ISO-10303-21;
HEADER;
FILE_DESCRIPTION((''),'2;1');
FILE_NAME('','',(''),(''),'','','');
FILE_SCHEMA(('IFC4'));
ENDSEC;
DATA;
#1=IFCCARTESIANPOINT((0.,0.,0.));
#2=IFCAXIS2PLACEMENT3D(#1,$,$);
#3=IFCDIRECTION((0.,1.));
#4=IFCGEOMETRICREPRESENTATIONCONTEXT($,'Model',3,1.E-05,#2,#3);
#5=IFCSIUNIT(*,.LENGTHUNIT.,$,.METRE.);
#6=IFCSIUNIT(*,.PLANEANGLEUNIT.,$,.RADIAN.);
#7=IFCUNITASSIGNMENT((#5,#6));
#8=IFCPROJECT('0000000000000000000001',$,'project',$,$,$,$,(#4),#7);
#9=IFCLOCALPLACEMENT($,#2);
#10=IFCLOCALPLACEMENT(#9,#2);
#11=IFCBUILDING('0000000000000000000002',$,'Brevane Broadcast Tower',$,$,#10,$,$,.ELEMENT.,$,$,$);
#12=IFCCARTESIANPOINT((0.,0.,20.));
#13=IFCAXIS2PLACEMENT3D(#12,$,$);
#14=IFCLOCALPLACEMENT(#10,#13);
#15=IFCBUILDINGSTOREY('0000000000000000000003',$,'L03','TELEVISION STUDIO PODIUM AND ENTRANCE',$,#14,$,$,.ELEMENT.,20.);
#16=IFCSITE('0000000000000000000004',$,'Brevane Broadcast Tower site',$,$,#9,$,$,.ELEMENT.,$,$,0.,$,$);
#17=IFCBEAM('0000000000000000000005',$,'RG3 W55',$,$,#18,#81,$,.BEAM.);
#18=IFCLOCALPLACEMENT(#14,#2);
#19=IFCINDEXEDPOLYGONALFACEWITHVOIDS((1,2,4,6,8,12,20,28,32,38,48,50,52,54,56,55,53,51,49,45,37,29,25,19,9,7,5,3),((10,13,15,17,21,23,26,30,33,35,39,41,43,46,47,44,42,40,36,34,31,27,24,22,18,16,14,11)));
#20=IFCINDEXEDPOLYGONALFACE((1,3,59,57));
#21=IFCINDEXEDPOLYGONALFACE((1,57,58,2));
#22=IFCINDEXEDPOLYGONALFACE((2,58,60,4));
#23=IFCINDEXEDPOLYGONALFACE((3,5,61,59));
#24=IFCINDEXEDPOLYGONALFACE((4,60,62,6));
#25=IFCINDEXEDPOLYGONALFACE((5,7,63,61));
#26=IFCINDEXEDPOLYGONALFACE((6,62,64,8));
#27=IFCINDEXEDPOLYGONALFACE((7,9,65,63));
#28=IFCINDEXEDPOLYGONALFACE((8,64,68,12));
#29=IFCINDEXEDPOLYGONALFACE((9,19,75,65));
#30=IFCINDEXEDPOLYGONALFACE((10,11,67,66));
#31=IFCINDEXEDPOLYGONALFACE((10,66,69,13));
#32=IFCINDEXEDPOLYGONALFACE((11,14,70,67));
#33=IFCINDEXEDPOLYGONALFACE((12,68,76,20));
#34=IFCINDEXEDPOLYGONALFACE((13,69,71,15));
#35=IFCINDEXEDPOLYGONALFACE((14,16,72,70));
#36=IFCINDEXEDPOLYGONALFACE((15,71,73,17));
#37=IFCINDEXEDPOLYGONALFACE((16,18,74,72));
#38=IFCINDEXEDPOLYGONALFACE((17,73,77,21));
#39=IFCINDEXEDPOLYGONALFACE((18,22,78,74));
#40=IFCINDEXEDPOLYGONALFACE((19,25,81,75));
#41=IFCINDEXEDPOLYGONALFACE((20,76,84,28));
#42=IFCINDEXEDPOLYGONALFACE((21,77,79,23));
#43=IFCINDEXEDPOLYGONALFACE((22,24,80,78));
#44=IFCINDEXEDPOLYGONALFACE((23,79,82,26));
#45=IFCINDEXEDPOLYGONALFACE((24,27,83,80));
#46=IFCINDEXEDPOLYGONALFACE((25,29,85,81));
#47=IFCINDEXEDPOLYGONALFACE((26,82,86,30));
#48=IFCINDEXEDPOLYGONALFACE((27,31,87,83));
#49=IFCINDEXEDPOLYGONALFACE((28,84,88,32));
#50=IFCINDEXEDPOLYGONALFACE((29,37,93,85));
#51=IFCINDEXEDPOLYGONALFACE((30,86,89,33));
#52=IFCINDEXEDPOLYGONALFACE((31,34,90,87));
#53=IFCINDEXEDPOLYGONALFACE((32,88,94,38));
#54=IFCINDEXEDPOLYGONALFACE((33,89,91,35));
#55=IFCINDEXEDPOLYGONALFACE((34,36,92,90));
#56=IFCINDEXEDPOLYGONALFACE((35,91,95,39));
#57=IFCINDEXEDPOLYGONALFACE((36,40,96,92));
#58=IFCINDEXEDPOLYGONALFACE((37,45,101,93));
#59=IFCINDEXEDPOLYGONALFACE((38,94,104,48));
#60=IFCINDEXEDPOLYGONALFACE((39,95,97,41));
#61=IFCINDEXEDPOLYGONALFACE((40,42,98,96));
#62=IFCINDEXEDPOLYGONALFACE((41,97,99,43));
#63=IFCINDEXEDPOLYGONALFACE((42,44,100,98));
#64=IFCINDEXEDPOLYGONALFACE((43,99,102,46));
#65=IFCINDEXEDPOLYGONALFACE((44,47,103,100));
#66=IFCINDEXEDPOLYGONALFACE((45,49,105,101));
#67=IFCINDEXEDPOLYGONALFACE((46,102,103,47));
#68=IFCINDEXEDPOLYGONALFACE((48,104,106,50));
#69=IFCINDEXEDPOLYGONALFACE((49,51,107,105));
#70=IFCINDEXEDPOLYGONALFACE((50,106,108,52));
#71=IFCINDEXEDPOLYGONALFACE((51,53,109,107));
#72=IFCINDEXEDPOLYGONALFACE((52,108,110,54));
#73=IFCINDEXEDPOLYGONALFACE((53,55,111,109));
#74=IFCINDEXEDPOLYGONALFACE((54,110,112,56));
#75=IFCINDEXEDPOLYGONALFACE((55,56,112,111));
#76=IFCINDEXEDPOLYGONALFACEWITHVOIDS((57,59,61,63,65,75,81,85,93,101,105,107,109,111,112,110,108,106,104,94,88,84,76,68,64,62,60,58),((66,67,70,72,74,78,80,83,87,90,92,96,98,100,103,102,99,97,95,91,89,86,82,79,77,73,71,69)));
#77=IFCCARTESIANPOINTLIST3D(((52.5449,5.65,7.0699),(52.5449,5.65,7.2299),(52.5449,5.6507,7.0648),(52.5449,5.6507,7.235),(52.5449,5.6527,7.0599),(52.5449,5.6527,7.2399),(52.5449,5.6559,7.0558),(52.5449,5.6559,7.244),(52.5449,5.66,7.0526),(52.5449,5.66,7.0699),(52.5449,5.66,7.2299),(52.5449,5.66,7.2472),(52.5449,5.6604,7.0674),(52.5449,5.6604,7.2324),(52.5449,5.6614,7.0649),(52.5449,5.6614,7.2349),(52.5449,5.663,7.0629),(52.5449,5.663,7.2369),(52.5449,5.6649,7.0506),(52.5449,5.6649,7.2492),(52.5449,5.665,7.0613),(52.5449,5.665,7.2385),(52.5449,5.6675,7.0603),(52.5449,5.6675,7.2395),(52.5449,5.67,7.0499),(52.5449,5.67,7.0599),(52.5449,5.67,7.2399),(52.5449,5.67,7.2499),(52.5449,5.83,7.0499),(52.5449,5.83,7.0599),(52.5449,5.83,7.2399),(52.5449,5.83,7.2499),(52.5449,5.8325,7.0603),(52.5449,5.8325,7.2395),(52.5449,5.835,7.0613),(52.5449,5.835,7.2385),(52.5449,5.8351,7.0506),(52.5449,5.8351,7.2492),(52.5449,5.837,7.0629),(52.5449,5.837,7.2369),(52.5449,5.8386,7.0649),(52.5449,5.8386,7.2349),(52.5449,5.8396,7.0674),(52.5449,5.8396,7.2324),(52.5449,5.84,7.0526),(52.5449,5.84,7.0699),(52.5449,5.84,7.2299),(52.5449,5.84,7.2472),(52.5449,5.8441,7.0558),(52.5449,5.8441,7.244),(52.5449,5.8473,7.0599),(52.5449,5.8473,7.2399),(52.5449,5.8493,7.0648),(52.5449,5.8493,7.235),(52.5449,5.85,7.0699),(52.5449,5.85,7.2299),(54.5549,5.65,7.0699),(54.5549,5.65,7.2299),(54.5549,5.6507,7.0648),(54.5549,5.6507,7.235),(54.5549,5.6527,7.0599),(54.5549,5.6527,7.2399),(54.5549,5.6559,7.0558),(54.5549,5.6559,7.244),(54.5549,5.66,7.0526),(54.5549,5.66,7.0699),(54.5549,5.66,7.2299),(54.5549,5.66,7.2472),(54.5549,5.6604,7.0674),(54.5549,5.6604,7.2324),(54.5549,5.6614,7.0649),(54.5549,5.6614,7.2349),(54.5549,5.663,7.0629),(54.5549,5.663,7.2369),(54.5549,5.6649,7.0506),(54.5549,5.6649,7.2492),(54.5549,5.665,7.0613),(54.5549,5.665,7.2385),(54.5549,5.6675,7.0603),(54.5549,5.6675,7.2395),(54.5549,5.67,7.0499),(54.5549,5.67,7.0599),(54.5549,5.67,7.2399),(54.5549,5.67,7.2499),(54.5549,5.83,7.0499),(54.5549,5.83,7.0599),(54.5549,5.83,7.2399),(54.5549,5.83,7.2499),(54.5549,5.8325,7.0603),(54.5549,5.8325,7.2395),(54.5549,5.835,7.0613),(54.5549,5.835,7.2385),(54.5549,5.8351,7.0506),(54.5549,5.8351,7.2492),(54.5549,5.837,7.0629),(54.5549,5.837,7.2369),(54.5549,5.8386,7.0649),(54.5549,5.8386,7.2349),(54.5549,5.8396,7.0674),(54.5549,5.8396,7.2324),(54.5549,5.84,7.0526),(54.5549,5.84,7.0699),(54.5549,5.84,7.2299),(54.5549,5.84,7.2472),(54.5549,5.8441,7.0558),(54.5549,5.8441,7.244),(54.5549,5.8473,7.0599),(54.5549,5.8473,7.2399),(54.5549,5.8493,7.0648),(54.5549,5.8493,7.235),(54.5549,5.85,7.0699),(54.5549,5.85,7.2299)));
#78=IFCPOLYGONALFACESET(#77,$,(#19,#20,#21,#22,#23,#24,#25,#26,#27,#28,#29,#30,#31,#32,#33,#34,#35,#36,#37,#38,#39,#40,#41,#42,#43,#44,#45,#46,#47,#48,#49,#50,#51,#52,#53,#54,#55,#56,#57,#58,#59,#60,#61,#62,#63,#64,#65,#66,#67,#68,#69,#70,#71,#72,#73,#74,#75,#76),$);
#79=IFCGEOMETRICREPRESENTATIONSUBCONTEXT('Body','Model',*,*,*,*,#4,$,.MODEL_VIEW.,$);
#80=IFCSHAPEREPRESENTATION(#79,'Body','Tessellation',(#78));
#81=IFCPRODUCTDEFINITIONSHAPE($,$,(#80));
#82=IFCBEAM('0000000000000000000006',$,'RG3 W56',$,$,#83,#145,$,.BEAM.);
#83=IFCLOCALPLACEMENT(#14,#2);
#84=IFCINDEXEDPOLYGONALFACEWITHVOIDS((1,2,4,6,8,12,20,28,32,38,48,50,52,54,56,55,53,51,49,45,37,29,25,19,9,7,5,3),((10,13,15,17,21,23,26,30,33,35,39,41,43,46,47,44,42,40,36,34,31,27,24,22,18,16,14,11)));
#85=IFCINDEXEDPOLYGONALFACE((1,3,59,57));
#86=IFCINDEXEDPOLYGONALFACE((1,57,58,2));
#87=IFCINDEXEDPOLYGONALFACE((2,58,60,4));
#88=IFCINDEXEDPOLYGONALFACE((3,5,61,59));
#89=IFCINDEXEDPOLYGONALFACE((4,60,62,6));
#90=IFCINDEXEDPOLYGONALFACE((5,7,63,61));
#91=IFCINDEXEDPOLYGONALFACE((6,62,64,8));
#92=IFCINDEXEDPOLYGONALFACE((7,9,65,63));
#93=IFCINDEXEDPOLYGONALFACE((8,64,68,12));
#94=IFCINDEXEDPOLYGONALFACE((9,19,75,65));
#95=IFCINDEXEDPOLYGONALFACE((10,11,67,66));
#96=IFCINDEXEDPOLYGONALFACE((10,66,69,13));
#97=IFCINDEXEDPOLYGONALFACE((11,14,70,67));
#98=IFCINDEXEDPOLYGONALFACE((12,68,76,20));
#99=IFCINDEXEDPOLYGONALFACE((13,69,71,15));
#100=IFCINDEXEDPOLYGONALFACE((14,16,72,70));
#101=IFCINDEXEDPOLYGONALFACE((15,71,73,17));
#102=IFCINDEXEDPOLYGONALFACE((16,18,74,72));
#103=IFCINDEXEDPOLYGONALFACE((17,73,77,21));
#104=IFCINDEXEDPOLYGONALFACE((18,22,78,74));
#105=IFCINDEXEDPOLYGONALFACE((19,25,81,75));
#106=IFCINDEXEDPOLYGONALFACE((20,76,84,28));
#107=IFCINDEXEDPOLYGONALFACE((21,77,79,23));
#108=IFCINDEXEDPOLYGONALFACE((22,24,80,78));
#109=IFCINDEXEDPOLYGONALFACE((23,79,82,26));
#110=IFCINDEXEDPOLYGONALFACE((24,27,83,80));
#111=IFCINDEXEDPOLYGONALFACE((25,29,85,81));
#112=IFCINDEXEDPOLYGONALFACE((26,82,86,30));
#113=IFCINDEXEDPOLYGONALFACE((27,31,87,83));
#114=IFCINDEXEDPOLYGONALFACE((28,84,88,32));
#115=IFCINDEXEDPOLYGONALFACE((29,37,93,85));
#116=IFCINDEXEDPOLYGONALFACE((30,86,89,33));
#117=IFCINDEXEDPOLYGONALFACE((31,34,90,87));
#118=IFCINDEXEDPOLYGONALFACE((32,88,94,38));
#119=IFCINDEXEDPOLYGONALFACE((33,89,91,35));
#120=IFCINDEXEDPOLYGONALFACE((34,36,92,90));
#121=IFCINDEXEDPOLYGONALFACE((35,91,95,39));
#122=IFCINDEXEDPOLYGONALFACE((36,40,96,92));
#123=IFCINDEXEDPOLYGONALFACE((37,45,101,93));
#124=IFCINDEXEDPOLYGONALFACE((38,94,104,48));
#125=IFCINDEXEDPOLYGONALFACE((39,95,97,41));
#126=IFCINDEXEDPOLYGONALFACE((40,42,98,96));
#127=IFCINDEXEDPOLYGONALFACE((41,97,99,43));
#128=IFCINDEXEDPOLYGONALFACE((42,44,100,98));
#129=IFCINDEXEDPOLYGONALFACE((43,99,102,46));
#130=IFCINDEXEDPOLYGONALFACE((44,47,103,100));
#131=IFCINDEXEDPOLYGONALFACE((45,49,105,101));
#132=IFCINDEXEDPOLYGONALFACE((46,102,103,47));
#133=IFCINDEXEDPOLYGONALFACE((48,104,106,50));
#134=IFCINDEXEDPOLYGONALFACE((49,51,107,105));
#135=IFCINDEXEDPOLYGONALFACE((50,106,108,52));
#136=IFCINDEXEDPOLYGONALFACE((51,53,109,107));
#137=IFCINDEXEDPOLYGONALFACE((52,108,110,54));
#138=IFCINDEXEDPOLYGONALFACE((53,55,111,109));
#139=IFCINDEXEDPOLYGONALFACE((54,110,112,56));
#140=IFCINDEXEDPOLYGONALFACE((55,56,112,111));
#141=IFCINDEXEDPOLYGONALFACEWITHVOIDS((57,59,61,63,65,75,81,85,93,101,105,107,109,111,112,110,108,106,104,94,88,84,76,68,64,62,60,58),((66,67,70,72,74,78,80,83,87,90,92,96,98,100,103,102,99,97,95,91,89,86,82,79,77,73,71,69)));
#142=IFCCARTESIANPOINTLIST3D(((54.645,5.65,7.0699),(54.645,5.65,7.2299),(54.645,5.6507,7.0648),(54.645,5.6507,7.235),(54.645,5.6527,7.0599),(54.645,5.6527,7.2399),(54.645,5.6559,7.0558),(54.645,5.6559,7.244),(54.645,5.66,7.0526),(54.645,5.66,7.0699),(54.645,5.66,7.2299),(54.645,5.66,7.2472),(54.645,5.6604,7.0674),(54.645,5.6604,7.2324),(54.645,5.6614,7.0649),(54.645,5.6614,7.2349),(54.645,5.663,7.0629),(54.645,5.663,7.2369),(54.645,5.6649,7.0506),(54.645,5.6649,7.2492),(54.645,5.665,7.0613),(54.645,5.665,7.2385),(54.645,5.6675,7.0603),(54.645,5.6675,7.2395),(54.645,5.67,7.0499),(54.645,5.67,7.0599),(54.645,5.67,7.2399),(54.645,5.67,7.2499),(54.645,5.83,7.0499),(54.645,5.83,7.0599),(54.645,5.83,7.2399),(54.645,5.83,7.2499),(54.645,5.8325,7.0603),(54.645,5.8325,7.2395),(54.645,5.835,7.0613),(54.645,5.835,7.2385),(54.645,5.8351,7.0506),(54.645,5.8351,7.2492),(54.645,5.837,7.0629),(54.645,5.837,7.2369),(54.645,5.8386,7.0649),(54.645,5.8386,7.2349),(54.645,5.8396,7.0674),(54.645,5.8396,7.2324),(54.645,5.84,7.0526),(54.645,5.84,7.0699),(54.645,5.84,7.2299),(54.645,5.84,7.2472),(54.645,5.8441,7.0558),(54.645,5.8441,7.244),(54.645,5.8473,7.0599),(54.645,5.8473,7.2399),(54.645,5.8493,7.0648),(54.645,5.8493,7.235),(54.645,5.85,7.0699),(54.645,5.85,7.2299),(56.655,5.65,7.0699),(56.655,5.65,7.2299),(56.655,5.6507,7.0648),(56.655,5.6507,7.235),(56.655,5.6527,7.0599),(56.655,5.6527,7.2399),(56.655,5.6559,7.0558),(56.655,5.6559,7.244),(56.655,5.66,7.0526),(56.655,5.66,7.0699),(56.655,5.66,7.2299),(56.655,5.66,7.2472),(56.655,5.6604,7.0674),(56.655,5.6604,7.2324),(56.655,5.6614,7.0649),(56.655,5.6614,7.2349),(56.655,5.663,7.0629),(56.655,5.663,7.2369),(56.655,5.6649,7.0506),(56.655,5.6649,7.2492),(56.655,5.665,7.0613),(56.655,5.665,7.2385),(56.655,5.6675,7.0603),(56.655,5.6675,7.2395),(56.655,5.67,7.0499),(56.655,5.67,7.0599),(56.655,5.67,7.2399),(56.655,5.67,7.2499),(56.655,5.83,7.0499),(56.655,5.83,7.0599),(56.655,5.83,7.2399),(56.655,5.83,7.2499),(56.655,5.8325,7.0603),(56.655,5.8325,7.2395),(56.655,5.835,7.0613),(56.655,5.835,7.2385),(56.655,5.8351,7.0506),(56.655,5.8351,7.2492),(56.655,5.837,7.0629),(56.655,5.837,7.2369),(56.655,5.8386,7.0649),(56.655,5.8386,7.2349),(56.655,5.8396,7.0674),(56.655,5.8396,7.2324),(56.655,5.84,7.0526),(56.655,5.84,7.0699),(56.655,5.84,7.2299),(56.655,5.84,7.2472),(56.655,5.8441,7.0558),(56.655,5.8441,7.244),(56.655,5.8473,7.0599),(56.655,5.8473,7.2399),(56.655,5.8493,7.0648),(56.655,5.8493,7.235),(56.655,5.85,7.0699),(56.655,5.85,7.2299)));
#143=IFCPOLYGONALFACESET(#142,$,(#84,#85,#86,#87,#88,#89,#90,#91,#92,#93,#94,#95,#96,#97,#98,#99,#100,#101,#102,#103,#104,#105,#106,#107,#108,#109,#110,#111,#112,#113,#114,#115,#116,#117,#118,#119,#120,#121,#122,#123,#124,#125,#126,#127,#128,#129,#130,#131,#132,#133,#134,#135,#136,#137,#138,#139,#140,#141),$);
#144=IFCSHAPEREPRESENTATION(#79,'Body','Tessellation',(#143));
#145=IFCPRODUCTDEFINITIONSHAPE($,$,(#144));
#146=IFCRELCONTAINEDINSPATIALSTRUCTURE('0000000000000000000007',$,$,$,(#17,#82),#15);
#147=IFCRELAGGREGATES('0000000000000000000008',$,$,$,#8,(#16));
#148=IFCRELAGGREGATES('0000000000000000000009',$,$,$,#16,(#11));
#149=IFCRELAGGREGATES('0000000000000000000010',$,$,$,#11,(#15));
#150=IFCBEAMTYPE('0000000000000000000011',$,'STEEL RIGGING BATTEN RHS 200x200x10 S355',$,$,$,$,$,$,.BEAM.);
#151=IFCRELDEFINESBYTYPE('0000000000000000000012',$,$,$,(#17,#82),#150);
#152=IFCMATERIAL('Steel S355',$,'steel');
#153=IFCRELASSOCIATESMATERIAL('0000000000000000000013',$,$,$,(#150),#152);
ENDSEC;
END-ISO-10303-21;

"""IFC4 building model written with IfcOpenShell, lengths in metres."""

from ifc_helpers import new_model, si_unit, direction, frame, origin, origin_2d, place, context, subcontext, project, spatial, hollow_rectangle, extrude, material, material_profile, profile_set, type_object, element, save


model = new_model("IFC4")

# Units and contexts
model_context = context("Model", 3, precision=1e-05, world=origin(), true_north=direction((0.0, 1.0)))
body_context = subcontext(model_context, "Body", "Model", "MODEL_VIEW")
ifc_project = project(units=[si_unit("LENGTHUNIT", "METRE"), si_unit("PLANEANGLEUNIT", "RADIAN")], contexts=[model_context])

# Site, building, storey
site_placement = place(None, origin())
site = spatial("IfcSite", under=ifc_project, at=site_placement, Name="Brevane Broadcast Tower site", CompositionType="ELEMENT", RefElevation=0.0)
building_placement = place(site_placement, origin())
building = spatial("IfcBuilding", under=site, at=building_placement, Name="Brevane Broadcast Tower", CompositionType="ELEMENT")
storey_placement = place(building_placement, frame((0.0, 0.0, 20.0)))
storey = spatial("IfcBuildingStorey", under=building, at=storey_placement, Name="L03", Description="TELEVISION STUDIO PODIUM AND ENTRANCE", CompositionType="ELEMENT", Elevation=20.0)

# Beams
ifc_material_1 = material(Name="Steel S355", Category="steel")
ifc_material_profile_1 = material_profile(ifc_material_1, hollow_rectangle(XDim=0.2, YDim=0.2, WallThickness=0.01, InnerFilletRadius=0.01, OuterFilletRadius=0.02, at=origin_2d()), Name="RHS 200x200x10")
ifc_profile_set_1 = profile_set([ifc_material_profile_1], Name="Steel S355")
beam_type_1 = type_object("IfcBeamType", Name="STEEL RIGGING BATTEN RHS 200x200x10 S355", PredefinedType="BEAM", material=ifc_profile_set_1)
for number, where, z_axis, x_axis, name in (
    (1, (52.5449, 5.75, 7.1499), (1.0, 0.0, 0.0), (0.0, 1.0, 0.0), "RG3 W55"),
    (2, (54.645, 5.75, 7.1499), (1.0, 0.0, 0.0), (0.0, 1.0, 0.0), "RG3 W56"),
):
    element("IfcBeam", number, at=place(storey_placement, frame(where, z_axis=z_axis, x_axis=x_axis)), inside=storey, type_object=beam_type_1, Name=name, PredefinedType="BEAM", context=body_context, shape_type="SweptSolid", body=[
        extrude(hollow_rectangle(XDim=0.2, YDim=0.2, WallThickness=0.01, InnerFilletRadius=0.01, OuterFilletRadius=0.02, at=origin_2d()), origin(), (0.0, 0.0, 1.0), 2.01),
    ])

save(model, "model.ifc")
